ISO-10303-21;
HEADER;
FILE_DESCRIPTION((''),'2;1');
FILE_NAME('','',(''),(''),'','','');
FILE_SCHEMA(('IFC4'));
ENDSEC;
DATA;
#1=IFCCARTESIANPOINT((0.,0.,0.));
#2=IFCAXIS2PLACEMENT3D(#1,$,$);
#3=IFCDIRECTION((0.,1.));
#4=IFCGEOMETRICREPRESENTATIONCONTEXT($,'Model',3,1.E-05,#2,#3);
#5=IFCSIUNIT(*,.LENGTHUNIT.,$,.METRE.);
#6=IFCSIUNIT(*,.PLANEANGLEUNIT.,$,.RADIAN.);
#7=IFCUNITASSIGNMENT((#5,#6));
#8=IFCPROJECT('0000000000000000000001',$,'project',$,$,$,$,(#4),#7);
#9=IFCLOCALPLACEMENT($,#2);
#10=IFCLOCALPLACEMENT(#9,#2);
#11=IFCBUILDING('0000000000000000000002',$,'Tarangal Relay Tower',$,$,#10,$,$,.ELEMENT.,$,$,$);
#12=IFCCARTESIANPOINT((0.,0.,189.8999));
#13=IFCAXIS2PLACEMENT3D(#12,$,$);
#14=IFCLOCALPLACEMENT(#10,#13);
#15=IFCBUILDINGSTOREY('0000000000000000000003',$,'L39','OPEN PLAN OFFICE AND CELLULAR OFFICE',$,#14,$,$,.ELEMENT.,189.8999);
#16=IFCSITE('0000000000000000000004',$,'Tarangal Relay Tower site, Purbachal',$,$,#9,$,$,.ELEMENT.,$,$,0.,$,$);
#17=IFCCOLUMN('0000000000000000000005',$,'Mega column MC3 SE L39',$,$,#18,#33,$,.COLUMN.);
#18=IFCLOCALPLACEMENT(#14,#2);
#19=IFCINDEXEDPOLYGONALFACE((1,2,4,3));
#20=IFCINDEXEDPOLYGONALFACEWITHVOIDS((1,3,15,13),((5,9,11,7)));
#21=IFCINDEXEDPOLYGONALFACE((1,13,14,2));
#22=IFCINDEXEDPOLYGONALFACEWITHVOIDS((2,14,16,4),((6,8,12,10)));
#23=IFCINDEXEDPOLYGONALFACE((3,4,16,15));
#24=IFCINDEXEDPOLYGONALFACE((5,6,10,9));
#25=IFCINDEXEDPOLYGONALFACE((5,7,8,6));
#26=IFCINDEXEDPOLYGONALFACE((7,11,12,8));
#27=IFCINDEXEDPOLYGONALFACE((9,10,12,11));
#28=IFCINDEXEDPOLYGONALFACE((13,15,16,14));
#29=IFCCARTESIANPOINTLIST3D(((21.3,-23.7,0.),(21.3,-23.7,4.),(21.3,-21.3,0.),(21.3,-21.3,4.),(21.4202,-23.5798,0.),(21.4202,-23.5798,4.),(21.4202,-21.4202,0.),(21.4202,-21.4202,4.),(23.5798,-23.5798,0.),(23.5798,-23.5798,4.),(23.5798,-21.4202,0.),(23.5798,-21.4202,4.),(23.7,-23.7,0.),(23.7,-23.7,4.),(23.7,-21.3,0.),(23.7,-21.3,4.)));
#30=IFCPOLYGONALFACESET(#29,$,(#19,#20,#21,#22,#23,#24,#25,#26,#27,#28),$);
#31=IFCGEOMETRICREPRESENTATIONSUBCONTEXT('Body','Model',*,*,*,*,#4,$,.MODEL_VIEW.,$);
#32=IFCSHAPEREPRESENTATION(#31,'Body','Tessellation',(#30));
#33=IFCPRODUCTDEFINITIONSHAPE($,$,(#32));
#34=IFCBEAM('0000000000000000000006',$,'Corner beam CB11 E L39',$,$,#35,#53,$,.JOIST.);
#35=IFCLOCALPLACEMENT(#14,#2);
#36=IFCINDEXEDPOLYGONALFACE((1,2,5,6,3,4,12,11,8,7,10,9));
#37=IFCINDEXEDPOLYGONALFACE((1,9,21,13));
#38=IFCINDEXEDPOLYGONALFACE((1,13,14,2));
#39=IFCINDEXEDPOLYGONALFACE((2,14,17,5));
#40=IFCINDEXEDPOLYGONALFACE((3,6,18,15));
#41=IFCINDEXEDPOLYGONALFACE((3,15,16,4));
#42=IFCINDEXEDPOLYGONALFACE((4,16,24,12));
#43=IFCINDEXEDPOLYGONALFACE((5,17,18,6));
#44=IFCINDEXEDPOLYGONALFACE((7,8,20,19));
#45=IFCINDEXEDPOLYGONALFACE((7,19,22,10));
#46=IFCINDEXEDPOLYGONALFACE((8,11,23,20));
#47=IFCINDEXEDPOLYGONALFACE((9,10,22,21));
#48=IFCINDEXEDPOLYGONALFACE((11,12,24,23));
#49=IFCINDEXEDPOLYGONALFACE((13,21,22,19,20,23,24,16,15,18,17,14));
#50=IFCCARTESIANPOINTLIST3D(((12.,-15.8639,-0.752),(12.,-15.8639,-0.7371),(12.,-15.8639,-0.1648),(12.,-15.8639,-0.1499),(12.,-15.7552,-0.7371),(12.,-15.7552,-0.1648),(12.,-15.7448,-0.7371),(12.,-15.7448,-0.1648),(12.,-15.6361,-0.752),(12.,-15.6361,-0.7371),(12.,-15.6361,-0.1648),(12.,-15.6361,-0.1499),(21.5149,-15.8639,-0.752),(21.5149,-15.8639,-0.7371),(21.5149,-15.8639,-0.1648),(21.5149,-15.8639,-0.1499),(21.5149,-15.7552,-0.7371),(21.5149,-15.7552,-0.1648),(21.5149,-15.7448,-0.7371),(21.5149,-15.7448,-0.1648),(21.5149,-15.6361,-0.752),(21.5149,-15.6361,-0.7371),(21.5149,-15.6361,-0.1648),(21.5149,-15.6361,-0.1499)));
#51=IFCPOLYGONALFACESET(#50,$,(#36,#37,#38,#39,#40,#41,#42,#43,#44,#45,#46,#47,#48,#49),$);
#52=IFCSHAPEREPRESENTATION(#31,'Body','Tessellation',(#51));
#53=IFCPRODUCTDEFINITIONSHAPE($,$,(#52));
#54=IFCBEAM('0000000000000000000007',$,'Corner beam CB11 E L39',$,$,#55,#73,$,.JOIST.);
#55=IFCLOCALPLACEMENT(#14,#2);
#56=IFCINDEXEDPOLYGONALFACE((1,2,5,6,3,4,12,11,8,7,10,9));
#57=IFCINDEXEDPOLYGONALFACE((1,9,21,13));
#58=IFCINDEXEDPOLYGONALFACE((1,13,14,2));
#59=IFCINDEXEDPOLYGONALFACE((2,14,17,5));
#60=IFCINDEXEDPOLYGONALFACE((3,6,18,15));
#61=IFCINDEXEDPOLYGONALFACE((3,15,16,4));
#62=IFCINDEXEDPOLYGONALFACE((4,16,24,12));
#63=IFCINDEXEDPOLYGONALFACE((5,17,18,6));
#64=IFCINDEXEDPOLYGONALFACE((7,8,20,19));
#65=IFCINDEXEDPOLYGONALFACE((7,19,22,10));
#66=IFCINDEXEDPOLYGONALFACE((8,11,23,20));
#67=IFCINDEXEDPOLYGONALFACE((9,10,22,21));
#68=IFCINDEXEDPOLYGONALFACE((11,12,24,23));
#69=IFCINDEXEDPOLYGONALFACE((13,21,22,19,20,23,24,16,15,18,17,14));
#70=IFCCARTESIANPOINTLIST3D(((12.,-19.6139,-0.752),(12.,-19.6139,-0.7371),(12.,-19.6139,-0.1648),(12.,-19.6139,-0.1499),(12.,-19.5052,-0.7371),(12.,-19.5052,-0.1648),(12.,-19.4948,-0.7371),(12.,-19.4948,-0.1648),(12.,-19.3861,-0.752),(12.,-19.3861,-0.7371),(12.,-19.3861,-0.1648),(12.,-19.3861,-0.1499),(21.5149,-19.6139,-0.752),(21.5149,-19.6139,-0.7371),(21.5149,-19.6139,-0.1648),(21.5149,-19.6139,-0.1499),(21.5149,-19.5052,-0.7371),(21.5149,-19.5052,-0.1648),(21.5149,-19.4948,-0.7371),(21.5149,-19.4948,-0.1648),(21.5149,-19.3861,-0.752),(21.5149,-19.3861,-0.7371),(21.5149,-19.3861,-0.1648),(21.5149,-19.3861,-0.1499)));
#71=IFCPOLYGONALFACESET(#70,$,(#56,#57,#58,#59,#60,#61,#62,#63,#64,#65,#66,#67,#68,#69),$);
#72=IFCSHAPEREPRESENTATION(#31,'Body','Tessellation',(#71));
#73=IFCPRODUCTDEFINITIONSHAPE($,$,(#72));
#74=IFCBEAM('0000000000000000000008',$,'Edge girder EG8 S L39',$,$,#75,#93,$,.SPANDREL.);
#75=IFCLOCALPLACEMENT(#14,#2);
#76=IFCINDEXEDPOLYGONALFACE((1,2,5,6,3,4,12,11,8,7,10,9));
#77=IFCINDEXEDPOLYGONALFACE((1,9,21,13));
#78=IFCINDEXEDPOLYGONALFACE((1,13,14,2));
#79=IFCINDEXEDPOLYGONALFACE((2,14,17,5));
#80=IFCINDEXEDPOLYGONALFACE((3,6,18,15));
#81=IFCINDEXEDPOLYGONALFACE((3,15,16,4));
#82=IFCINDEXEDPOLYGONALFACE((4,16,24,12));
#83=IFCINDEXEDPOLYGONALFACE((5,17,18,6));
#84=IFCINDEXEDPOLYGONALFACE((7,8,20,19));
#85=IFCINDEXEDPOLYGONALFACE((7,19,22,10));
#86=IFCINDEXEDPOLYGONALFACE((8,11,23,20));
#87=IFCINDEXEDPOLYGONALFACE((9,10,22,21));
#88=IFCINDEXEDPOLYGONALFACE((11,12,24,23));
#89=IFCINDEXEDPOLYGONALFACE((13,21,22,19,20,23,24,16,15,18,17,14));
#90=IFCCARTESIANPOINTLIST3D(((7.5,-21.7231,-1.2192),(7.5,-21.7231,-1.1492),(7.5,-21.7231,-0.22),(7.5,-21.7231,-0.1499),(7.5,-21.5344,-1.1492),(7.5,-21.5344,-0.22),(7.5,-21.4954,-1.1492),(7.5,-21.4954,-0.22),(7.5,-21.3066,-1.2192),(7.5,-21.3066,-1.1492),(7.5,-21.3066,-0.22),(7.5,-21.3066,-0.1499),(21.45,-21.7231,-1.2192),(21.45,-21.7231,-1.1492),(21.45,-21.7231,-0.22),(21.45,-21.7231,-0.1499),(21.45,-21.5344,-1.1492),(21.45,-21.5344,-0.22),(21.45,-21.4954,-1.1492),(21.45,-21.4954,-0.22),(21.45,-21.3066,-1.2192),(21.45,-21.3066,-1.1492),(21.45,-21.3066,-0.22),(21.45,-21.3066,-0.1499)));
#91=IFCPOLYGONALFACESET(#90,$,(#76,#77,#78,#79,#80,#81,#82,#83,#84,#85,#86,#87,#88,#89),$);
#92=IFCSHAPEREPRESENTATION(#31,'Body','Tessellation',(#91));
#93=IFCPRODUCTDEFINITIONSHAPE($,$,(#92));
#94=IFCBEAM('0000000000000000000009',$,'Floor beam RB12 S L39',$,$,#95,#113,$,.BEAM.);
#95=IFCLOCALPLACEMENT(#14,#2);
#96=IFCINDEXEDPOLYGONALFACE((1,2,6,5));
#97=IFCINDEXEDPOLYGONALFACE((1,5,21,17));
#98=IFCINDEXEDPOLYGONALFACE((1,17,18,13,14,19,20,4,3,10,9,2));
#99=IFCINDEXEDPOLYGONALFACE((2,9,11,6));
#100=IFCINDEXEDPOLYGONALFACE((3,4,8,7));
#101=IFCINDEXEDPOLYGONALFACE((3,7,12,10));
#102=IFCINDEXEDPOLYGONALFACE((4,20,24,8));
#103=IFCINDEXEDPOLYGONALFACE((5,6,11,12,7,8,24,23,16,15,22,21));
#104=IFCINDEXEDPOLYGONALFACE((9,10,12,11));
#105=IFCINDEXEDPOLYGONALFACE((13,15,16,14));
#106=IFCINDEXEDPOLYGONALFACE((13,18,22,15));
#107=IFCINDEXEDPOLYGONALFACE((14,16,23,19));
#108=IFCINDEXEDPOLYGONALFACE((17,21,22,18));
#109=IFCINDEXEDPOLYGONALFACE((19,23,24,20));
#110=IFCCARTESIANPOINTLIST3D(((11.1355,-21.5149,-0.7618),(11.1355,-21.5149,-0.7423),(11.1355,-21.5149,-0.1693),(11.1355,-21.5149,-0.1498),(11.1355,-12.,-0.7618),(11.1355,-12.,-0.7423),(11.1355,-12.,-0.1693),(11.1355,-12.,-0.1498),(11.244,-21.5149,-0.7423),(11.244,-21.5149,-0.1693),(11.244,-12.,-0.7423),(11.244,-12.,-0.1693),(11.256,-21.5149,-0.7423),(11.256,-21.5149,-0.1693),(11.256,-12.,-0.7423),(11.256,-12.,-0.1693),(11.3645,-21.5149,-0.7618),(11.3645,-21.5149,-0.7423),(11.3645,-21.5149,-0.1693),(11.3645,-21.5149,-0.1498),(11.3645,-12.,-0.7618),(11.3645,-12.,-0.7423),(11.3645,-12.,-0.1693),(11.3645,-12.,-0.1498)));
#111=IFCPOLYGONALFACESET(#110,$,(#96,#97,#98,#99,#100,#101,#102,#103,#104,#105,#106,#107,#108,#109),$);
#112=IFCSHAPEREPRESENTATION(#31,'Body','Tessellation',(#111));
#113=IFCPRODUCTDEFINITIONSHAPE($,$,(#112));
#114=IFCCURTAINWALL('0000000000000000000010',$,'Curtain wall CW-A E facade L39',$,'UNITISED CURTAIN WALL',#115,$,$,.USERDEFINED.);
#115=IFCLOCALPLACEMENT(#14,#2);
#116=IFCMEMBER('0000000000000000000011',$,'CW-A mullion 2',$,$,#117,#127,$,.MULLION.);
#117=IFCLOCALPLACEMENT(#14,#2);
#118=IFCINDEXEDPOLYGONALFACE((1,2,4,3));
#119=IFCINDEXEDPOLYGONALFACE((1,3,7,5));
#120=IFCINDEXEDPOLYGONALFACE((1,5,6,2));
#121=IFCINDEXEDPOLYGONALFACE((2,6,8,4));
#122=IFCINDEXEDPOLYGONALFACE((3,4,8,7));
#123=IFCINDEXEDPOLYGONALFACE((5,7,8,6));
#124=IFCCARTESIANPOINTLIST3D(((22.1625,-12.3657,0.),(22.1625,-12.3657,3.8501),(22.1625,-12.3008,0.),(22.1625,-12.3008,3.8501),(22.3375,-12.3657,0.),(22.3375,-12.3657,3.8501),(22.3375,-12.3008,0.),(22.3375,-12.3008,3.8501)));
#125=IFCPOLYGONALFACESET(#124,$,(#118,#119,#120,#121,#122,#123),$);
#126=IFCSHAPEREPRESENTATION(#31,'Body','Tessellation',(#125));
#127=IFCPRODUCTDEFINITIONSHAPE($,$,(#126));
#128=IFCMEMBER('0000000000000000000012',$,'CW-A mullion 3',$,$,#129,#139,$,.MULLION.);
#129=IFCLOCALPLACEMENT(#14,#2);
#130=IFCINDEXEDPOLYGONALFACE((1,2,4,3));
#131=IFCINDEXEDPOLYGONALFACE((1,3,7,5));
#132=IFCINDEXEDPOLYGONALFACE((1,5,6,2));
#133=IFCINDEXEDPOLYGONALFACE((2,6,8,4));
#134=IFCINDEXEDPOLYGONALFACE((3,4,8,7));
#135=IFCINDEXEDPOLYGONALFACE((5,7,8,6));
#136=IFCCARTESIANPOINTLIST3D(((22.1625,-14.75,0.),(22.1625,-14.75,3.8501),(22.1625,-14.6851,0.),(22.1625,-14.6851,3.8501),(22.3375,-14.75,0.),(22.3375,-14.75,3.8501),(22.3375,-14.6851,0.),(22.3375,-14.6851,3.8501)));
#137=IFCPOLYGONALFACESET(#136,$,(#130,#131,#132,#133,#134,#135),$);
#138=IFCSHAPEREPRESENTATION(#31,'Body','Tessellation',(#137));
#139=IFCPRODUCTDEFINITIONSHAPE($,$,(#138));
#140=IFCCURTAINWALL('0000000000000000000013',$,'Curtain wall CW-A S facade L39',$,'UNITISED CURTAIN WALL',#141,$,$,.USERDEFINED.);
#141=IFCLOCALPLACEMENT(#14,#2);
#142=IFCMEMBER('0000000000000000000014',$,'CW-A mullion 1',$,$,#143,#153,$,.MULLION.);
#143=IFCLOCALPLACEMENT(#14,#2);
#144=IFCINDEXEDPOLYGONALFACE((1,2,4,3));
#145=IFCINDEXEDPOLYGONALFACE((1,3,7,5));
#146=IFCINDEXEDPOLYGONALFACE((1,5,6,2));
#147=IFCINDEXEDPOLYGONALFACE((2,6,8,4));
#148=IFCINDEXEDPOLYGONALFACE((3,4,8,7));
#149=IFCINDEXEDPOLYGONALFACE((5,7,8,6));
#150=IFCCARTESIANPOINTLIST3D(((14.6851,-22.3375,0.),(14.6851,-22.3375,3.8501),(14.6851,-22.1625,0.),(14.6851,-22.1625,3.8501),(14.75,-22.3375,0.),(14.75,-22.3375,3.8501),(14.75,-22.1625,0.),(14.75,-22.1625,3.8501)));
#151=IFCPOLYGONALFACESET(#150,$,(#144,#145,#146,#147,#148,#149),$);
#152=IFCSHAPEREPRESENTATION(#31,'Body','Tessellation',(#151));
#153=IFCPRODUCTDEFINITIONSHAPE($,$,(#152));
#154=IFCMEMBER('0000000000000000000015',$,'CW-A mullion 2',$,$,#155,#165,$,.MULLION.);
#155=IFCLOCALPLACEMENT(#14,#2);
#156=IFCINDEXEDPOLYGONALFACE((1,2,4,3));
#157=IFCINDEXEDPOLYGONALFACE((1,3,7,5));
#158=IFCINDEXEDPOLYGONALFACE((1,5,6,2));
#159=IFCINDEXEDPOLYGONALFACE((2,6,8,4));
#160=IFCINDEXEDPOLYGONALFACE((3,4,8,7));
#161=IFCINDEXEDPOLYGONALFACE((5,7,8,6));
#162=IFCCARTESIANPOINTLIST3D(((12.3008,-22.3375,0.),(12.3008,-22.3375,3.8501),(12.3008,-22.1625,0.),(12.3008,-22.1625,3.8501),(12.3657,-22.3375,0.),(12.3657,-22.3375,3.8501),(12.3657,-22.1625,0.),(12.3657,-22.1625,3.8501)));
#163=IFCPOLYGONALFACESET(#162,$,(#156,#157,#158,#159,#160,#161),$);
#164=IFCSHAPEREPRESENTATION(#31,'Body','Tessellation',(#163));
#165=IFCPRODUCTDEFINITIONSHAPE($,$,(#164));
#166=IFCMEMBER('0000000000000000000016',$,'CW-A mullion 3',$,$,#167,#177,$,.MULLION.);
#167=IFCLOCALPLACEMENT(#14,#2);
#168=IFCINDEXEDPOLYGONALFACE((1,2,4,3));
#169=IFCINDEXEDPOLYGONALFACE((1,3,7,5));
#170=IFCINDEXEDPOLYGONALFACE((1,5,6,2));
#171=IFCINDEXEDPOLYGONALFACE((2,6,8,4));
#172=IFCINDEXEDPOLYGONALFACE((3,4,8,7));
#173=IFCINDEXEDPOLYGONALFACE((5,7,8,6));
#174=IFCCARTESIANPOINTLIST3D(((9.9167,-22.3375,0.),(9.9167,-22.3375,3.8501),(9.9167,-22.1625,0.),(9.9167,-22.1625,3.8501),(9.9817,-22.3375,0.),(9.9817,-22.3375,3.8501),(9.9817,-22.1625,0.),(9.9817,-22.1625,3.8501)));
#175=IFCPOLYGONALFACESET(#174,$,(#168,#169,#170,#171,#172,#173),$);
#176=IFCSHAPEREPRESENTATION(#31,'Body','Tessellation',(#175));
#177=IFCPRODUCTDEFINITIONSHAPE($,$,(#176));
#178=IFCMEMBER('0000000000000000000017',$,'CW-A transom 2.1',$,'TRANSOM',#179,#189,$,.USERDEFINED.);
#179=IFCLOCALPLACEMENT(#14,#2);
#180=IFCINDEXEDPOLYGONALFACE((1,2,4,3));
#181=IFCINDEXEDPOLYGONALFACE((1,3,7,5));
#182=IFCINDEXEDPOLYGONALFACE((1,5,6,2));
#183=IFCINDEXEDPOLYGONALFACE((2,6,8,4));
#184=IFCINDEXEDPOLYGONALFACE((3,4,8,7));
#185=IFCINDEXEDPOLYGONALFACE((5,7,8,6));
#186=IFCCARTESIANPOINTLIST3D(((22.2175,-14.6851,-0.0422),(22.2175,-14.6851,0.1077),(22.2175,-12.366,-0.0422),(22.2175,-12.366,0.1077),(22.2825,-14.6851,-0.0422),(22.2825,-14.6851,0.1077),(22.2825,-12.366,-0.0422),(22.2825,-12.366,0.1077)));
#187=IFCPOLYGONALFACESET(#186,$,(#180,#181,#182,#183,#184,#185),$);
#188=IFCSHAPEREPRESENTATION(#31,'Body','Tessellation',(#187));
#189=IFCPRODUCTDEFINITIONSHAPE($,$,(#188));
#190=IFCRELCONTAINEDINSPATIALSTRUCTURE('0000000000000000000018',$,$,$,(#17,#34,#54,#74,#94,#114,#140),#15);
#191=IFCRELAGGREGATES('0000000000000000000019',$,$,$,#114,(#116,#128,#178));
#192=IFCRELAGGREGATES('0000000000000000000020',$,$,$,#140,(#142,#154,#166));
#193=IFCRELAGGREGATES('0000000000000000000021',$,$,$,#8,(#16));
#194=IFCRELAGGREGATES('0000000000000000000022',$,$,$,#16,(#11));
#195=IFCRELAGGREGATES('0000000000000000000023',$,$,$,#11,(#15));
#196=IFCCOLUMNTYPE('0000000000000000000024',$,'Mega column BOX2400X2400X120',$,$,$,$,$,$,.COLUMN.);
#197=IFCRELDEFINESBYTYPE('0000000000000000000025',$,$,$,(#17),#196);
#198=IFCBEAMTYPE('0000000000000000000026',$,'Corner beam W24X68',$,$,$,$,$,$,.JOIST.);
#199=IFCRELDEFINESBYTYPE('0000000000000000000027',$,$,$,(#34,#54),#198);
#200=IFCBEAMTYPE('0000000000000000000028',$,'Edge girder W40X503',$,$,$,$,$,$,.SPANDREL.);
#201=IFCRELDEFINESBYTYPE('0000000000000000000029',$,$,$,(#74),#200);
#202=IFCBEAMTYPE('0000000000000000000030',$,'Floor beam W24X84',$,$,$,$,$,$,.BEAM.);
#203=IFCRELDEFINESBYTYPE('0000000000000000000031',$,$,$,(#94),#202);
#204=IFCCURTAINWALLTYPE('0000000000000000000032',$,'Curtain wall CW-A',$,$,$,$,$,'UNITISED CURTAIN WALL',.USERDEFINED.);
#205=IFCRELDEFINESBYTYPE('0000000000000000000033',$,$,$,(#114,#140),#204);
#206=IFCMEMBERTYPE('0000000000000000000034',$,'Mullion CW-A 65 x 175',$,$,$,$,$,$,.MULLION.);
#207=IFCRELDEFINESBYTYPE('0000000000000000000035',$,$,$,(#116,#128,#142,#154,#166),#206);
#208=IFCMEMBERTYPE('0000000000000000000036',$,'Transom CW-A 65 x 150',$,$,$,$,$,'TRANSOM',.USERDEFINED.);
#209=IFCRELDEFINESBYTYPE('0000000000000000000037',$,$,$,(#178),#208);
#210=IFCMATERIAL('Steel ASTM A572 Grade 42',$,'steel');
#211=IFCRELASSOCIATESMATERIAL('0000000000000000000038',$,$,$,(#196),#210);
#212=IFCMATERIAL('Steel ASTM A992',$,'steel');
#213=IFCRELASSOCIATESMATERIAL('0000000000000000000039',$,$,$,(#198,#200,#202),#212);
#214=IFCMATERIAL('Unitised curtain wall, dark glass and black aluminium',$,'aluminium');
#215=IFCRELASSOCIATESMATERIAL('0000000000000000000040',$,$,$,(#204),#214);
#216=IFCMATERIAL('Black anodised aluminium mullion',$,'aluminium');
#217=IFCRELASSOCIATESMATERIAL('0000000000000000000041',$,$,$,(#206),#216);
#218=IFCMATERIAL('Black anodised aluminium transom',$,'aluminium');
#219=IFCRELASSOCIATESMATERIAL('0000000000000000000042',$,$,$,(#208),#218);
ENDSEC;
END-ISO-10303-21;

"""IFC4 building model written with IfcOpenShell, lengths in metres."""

from ifc_helpers import new_model, si_unit, direction, frame, origin, origin_2d, place, context, subcontext, project, spatial, rectangle, hollow_rectangle, i_section, extrude, material, material_profile, profile_set, type_object, element, aggregate, save


model = new_model("IFC4")

# Units and contexts
model_context = context("Model", 3, precision=1e-05, world=origin(), true_north=direction((0.0, 1.0)))
body_context = subcontext(model_context, "Body", "Model", "MODEL_VIEW")
ifc_project = project(units=[si_unit("LENGTHUNIT", "METRE"), si_unit("PLANEANGLEUNIT", "RADIAN")], contexts=[model_context])

# Site, building, storey
site_placement = place(None, origin())
site = spatial("IfcSite", under=ifc_project, at=site_placement, Name="Tarangal Relay Tower site, Purbachal", CompositionType="ELEMENT", RefElevation=0.0)
building_placement = place(site_placement, origin())
building = spatial("IfcBuilding", under=site, at=building_placement, Name="Tarangal Relay Tower", CompositionType="ELEMENT")
storey_placement = place(building_placement, frame((0.0, 0.0, 189.8999)))
storey = spatial("IfcBuildingStorey", under=building, at=storey_placement, Name="L39", Description="OPEN PLAN OFFICE AND CELLULAR OFFICE", CompositionType="ELEMENT", Elevation=189.8999)

# Column
ifc_material_1 = material(Name="Steel ASTM A572 Grade 42", Category="steel")
ifc_material_profile_1 = material_profile(ifc_material_1, hollow_rectangle(XDim=2.3999, YDim=2.3999, WallThickness=0.1201, at=origin_2d()), Name="BOX2400X2400X120")
ifc_profile_set_1 = profile_set([ifc_material_profile_1], Name="Steel ASTM A572 Grade 42")
column_type = type_object("IfcColumnType", Name="Mega column BOX2400X2400X120", PredefinedType="COLUMN", material=ifc_profile_set_1)
column_placement = place(storey_placement, frame((22.5, -22.5, 0.0), z_axis=(0.0, 0.0, 1.0), x_axis=(1.0, 0.0, 0.0)))
element("IfcColumn", 1, at=column_placement, inside=storey, type_object=column_type, Name="Mega column MC3 SE L39", PredefinedType="COLUMN", context=body_context, shape_type="SweptSolid", body=[
    extrude(hollow_rectangle(XDim=2.3999, YDim=2.3999, WallThickness=0.1201, at=origin_2d()), origin(), (0.0, 0.0, 1.0), 4.0),
])

# Beams
ifc_material_2 = material(Name="Steel ASTM A992", Category="steel")
ifc_material_profile_2 = material_profile(ifc_material_2, i_section(OverallWidth=0.2278, OverallDepth=0.6021, WebThickness=0.0105, FlangeThickness=0.0149, at=origin_2d()), Name="W24X68")
ifc_profile_set_2 = profile_set([ifc_material_profile_2], Name="Steel ASTM A992")
beam_type_1 = type_object("IfcBeamType", Name="Corner beam W24X68", PredefinedType="JOIST", material=ifc_profile_set_2)
for number, where, z_axis, x_axis, name in (
    (2, (12.0, -15.75, -0.4509), (1.0, 0.0, 0.0), (0.0, 1.0, 0.0), "Corner beam CB11 E L39"),
    (3, (12.0, -19.5, -0.4509), (1.0, 0.0, 0.0), (0.0, 1.0, 0.0), "Corner beam CB11 E L39"),
):
    element("IfcBeam", number, at=place(storey_placement, frame(where, z_axis=z_axis, x_axis=x_axis)), inside=storey, type_object=beam_type_1, Name=name, PredefinedType="JOIST", context=body_context, shape_type="SweptSolid", body=[
        extrude(i_section(OverallWidth=0.2278, OverallDepth=0.6021, WebThickness=0.0105, FlangeThickness=0.0149, at=origin_2d()), origin(), (0.0, 0.0, 1.0), 9.5149),
    ])
ifc_material_profile_3 = material_profile(ifc_material_2, i_section(OverallWidth=0.4165, OverallDepth=1.0693, WebThickness=0.0391, FlangeThickness=0.0701, at=origin_2d()), Name="W40X503")
ifc_profile_set_3 = profile_set([ifc_material_profile_3], Name="Steel ASTM A992")
beam_type_2 = type_object("IfcBeamType", Name="Edge girder W40X503", PredefinedType="SPANDREL", material=ifc_profile_set_3)
beam_1_placement = place(storey_placement, frame((21.45, -21.5149, -0.6846), z_axis=(-1.0, 0.0, 0.0), x_axis=(0.0, -1.0, 0.0)))
element("IfcBeam", 4, at=beam_1_placement, inside=storey, type_object=beam_type_2, Name="Edge girder EG8 S L39", PredefinedType="SPANDREL", context=body_context, shape_type="SweptSolid", body=[
    extrude(i_section(OverallWidth=0.4165, OverallDepth=1.0693, WebThickness=0.0391, FlangeThickness=0.0701, at=origin_2d()), origin(), (0.0, 0.0, 1.0), 13.95),
])
ifc_material_profile_4 = material_profile(ifc_material_2, i_section(OverallWidth=0.229, OverallDepth=0.6121, WebThickness=0.012, FlangeThickness=0.0195, at=origin_2d()), Name="W24X84")
ifc_profile_set_4 = profile_set([ifc_material_profile_4], Name="Steel ASTM A992")
beam_type_3 = type_object("IfcBeamType", Name="Floor beam W24X84", PredefinedType="BEAM", material=ifc_profile_set_4)
beam_2_placement = place(storey_placement, frame((11.25, -12.0, -0.4558), z_axis=(0.0, -1.0, 0.0), x_axis=(1.0, 0.0, 0.0)))
element("IfcBeam", 5, at=beam_2_placement, inside=storey, type_object=beam_type_3, Name="Floor beam RB12 S L39", PredefinedType="BEAM", context=body_context, shape_type="SweptSolid", body=[
    extrude(i_section(OverallWidth=0.229, OverallDepth=0.6121, WebThickness=0.012, FlangeThickness=0.0195, at=origin_2d()), origin(), (0.0, 0.0, 1.0), 9.5149),
])

# Curtain walls, members
ifc_material_3 = material(Name="Unitised curtain wall, dark glass and black aluminium", Category="aluminium")
curtain_wall_type = type_object("IfcCurtainWallType", Name="Curtain wall CW-A", ElementType="UNITISED CURTAIN WALL", PredefinedType="USERDEFINED", material=ifc_material_3)
curtain_wall_1_placement = place(storey_placement, origin())
curtain_wall_1 = element("IfcCurtainWall", 6, at=curtain_wall_1_placement, inside=storey, type_object=curtain_wall_type, Name="Curtain wall CW-A E facade L39", ObjectType="UNITISED CURTAIN WALL", PredefinedType="USERDEFINED")
ifc_material_4 = material(Name="Black anodised aluminium mullion", Category="aluminium")
ifc_material_profile_5 = material_profile(ifc_material_4, rectangle(XDim=0.175, YDim=0.0649, at=origin_2d()), Name="CW-AM 65X175")
ifc_profile_set_5 = profile_set([ifc_material_profile_5], Name="Black anodised aluminium mullion")
member_type_1 = type_object("IfcMemberType", Name="Mullion CW-A 65 x 175", PredefinedType="MULLION", material=ifc_profile_set_5)
member_1_placement = place(storey_placement, frame((22.25, -12.3333, 0.0), z_axis=(0.0, 0.0, 1.0), x_axis=(1.0, 0.0, 0.0)))
member_1 = element("IfcMember", 7, at=member_1_placement, type_object=member_type_1, Name="CW-A mullion 2", PredefinedType="MULLION", context=body_context, shape_type="SweptSolid", body=[
    extrude(rectangle(XDim=0.175, YDim=0.0649, at=origin_2d()), origin(), (0.0, 0.0, 1.0), 3.8501),
])
member_2_placement = place(storey_placement, frame((22.25, -14.7175, 0.0), z_axis=(0.0, 0.0, 1.0), x_axis=(1.0, 0.0, 0.0)))
member_2 = element("IfcMember", 8, at=member_2_placement, type_object=member_type_1, Name="CW-A mullion 3", PredefinedType="MULLION", context=body_context, shape_type="SweptSolid", body=[
    extrude(rectangle(XDim=0.175, YDim=0.0649, at=origin_2d()), origin(), (0.0, 0.0, 1.0), 3.8501),
])
curtain_wall_2_placement = place(storey_placement, origin())
curtain_wall_2 = element("IfcCurtainWall", 9, at=curtain_wall_2_placement, inside=storey, type_object=curtain_wall_type, Name="Curtain wall CW-A S facade L39", ObjectType="UNITISED CURTAIN WALL", PredefinedType="USERDEFINED")
member_3_placement = place(storey_placement, frame((14.7175, -22.25, 0.0), z_axis=(0.0, 0.0, 1.0), x_axis=(0.0, -1.0, 0.0)))
member_3 = element("IfcMember", 10, at=member_3_placement, type_object=member_type_1, Name="CW-A mullion 1", PredefinedType="MULLION", context=body_context, shape_type="SweptSolid", body=[
    extrude(rectangle(XDim=0.175, YDim=0.0649, at=origin_2d()), origin(), (0.0, 0.0, 1.0), 3.8501),
])
member_4_placement = place(storey_placement, frame((12.3333, -22.25, 0.0), z_axis=(0.0, 0.0, 1.0), x_axis=(0.0, -1.0, 0.0)))
member_4 = element("IfcMember", 11, at=member_4_placement, type_object=member_type_1, Name="CW-A mullion 2", PredefinedType="MULLION", context=body_context, shape_type="SweptSolid", body=[
    extrude(rectangle(XDim=0.175, YDim=0.0649, at=origin_2d()), origin(), (0.0, 0.0, 1.0), 3.8501),
])
member_5_placement = place(storey_placement, frame((9.9492, -22.25, 0.0), z_axis=(0.0, 0.0, 1.0), x_axis=(0.0, -1.0, 0.0)))
member_5 = element("IfcMember", 12, at=member_5_placement, type_object=member_type_1, Name="CW-A mullion 3", PredefinedType="MULLION", context=body_context, shape_type="SweptSolid", body=[
    extrude(rectangle(XDim=0.175, YDim=0.0649, at=origin_2d()), origin(), (0.0, 0.0, 1.0), 3.8501),
])

# Member
ifc_material_5 = material(Name="Black anodised aluminium transom", Category="aluminium")
ifc_material_profile_6 = material_profile(ifc_material_5, rectangle(XDim=0.0649, YDim=0.1499, at=origin_2d()), Name="CW-AT 65X150")
ifc_profile_set_6 = profile_set([ifc_material_profile_6], Name="Black anodised aluminium transom")
member_type_2 = type_object("IfcMemberType", Name="Transom CW-A 65 x 150", ElementType="TRANSOM", PredefinedType="USERDEFINED", material=ifc_profile_set_6)
member_6_placement = place(storey_placement, frame((22.25, -12.366, 0.0327), z_axis=(0.0, -1.0, 0.0), x_axis=(1.0, 0.0, 0.0)))
member_6 = element("IfcMember", 13, at=member_6_placement, type_object=member_type_2, Name="CW-A transom 2.1", ObjectType="TRANSOM", PredefinedType="USERDEFINED", context=body_context, shape_type="SweptSolid", body=[
    extrude(rectangle(XDim=0.0649, YDim=0.1499, at=origin_2d()), origin(), (0.0, 0.0, 1.0), 2.3191),
])

aggregate(curtain_wall_1, [member_1, member_2, member_6])
aggregate(curtain_wall_2, [member_3, member_4, member_5])

save(model, "model.ifc")
